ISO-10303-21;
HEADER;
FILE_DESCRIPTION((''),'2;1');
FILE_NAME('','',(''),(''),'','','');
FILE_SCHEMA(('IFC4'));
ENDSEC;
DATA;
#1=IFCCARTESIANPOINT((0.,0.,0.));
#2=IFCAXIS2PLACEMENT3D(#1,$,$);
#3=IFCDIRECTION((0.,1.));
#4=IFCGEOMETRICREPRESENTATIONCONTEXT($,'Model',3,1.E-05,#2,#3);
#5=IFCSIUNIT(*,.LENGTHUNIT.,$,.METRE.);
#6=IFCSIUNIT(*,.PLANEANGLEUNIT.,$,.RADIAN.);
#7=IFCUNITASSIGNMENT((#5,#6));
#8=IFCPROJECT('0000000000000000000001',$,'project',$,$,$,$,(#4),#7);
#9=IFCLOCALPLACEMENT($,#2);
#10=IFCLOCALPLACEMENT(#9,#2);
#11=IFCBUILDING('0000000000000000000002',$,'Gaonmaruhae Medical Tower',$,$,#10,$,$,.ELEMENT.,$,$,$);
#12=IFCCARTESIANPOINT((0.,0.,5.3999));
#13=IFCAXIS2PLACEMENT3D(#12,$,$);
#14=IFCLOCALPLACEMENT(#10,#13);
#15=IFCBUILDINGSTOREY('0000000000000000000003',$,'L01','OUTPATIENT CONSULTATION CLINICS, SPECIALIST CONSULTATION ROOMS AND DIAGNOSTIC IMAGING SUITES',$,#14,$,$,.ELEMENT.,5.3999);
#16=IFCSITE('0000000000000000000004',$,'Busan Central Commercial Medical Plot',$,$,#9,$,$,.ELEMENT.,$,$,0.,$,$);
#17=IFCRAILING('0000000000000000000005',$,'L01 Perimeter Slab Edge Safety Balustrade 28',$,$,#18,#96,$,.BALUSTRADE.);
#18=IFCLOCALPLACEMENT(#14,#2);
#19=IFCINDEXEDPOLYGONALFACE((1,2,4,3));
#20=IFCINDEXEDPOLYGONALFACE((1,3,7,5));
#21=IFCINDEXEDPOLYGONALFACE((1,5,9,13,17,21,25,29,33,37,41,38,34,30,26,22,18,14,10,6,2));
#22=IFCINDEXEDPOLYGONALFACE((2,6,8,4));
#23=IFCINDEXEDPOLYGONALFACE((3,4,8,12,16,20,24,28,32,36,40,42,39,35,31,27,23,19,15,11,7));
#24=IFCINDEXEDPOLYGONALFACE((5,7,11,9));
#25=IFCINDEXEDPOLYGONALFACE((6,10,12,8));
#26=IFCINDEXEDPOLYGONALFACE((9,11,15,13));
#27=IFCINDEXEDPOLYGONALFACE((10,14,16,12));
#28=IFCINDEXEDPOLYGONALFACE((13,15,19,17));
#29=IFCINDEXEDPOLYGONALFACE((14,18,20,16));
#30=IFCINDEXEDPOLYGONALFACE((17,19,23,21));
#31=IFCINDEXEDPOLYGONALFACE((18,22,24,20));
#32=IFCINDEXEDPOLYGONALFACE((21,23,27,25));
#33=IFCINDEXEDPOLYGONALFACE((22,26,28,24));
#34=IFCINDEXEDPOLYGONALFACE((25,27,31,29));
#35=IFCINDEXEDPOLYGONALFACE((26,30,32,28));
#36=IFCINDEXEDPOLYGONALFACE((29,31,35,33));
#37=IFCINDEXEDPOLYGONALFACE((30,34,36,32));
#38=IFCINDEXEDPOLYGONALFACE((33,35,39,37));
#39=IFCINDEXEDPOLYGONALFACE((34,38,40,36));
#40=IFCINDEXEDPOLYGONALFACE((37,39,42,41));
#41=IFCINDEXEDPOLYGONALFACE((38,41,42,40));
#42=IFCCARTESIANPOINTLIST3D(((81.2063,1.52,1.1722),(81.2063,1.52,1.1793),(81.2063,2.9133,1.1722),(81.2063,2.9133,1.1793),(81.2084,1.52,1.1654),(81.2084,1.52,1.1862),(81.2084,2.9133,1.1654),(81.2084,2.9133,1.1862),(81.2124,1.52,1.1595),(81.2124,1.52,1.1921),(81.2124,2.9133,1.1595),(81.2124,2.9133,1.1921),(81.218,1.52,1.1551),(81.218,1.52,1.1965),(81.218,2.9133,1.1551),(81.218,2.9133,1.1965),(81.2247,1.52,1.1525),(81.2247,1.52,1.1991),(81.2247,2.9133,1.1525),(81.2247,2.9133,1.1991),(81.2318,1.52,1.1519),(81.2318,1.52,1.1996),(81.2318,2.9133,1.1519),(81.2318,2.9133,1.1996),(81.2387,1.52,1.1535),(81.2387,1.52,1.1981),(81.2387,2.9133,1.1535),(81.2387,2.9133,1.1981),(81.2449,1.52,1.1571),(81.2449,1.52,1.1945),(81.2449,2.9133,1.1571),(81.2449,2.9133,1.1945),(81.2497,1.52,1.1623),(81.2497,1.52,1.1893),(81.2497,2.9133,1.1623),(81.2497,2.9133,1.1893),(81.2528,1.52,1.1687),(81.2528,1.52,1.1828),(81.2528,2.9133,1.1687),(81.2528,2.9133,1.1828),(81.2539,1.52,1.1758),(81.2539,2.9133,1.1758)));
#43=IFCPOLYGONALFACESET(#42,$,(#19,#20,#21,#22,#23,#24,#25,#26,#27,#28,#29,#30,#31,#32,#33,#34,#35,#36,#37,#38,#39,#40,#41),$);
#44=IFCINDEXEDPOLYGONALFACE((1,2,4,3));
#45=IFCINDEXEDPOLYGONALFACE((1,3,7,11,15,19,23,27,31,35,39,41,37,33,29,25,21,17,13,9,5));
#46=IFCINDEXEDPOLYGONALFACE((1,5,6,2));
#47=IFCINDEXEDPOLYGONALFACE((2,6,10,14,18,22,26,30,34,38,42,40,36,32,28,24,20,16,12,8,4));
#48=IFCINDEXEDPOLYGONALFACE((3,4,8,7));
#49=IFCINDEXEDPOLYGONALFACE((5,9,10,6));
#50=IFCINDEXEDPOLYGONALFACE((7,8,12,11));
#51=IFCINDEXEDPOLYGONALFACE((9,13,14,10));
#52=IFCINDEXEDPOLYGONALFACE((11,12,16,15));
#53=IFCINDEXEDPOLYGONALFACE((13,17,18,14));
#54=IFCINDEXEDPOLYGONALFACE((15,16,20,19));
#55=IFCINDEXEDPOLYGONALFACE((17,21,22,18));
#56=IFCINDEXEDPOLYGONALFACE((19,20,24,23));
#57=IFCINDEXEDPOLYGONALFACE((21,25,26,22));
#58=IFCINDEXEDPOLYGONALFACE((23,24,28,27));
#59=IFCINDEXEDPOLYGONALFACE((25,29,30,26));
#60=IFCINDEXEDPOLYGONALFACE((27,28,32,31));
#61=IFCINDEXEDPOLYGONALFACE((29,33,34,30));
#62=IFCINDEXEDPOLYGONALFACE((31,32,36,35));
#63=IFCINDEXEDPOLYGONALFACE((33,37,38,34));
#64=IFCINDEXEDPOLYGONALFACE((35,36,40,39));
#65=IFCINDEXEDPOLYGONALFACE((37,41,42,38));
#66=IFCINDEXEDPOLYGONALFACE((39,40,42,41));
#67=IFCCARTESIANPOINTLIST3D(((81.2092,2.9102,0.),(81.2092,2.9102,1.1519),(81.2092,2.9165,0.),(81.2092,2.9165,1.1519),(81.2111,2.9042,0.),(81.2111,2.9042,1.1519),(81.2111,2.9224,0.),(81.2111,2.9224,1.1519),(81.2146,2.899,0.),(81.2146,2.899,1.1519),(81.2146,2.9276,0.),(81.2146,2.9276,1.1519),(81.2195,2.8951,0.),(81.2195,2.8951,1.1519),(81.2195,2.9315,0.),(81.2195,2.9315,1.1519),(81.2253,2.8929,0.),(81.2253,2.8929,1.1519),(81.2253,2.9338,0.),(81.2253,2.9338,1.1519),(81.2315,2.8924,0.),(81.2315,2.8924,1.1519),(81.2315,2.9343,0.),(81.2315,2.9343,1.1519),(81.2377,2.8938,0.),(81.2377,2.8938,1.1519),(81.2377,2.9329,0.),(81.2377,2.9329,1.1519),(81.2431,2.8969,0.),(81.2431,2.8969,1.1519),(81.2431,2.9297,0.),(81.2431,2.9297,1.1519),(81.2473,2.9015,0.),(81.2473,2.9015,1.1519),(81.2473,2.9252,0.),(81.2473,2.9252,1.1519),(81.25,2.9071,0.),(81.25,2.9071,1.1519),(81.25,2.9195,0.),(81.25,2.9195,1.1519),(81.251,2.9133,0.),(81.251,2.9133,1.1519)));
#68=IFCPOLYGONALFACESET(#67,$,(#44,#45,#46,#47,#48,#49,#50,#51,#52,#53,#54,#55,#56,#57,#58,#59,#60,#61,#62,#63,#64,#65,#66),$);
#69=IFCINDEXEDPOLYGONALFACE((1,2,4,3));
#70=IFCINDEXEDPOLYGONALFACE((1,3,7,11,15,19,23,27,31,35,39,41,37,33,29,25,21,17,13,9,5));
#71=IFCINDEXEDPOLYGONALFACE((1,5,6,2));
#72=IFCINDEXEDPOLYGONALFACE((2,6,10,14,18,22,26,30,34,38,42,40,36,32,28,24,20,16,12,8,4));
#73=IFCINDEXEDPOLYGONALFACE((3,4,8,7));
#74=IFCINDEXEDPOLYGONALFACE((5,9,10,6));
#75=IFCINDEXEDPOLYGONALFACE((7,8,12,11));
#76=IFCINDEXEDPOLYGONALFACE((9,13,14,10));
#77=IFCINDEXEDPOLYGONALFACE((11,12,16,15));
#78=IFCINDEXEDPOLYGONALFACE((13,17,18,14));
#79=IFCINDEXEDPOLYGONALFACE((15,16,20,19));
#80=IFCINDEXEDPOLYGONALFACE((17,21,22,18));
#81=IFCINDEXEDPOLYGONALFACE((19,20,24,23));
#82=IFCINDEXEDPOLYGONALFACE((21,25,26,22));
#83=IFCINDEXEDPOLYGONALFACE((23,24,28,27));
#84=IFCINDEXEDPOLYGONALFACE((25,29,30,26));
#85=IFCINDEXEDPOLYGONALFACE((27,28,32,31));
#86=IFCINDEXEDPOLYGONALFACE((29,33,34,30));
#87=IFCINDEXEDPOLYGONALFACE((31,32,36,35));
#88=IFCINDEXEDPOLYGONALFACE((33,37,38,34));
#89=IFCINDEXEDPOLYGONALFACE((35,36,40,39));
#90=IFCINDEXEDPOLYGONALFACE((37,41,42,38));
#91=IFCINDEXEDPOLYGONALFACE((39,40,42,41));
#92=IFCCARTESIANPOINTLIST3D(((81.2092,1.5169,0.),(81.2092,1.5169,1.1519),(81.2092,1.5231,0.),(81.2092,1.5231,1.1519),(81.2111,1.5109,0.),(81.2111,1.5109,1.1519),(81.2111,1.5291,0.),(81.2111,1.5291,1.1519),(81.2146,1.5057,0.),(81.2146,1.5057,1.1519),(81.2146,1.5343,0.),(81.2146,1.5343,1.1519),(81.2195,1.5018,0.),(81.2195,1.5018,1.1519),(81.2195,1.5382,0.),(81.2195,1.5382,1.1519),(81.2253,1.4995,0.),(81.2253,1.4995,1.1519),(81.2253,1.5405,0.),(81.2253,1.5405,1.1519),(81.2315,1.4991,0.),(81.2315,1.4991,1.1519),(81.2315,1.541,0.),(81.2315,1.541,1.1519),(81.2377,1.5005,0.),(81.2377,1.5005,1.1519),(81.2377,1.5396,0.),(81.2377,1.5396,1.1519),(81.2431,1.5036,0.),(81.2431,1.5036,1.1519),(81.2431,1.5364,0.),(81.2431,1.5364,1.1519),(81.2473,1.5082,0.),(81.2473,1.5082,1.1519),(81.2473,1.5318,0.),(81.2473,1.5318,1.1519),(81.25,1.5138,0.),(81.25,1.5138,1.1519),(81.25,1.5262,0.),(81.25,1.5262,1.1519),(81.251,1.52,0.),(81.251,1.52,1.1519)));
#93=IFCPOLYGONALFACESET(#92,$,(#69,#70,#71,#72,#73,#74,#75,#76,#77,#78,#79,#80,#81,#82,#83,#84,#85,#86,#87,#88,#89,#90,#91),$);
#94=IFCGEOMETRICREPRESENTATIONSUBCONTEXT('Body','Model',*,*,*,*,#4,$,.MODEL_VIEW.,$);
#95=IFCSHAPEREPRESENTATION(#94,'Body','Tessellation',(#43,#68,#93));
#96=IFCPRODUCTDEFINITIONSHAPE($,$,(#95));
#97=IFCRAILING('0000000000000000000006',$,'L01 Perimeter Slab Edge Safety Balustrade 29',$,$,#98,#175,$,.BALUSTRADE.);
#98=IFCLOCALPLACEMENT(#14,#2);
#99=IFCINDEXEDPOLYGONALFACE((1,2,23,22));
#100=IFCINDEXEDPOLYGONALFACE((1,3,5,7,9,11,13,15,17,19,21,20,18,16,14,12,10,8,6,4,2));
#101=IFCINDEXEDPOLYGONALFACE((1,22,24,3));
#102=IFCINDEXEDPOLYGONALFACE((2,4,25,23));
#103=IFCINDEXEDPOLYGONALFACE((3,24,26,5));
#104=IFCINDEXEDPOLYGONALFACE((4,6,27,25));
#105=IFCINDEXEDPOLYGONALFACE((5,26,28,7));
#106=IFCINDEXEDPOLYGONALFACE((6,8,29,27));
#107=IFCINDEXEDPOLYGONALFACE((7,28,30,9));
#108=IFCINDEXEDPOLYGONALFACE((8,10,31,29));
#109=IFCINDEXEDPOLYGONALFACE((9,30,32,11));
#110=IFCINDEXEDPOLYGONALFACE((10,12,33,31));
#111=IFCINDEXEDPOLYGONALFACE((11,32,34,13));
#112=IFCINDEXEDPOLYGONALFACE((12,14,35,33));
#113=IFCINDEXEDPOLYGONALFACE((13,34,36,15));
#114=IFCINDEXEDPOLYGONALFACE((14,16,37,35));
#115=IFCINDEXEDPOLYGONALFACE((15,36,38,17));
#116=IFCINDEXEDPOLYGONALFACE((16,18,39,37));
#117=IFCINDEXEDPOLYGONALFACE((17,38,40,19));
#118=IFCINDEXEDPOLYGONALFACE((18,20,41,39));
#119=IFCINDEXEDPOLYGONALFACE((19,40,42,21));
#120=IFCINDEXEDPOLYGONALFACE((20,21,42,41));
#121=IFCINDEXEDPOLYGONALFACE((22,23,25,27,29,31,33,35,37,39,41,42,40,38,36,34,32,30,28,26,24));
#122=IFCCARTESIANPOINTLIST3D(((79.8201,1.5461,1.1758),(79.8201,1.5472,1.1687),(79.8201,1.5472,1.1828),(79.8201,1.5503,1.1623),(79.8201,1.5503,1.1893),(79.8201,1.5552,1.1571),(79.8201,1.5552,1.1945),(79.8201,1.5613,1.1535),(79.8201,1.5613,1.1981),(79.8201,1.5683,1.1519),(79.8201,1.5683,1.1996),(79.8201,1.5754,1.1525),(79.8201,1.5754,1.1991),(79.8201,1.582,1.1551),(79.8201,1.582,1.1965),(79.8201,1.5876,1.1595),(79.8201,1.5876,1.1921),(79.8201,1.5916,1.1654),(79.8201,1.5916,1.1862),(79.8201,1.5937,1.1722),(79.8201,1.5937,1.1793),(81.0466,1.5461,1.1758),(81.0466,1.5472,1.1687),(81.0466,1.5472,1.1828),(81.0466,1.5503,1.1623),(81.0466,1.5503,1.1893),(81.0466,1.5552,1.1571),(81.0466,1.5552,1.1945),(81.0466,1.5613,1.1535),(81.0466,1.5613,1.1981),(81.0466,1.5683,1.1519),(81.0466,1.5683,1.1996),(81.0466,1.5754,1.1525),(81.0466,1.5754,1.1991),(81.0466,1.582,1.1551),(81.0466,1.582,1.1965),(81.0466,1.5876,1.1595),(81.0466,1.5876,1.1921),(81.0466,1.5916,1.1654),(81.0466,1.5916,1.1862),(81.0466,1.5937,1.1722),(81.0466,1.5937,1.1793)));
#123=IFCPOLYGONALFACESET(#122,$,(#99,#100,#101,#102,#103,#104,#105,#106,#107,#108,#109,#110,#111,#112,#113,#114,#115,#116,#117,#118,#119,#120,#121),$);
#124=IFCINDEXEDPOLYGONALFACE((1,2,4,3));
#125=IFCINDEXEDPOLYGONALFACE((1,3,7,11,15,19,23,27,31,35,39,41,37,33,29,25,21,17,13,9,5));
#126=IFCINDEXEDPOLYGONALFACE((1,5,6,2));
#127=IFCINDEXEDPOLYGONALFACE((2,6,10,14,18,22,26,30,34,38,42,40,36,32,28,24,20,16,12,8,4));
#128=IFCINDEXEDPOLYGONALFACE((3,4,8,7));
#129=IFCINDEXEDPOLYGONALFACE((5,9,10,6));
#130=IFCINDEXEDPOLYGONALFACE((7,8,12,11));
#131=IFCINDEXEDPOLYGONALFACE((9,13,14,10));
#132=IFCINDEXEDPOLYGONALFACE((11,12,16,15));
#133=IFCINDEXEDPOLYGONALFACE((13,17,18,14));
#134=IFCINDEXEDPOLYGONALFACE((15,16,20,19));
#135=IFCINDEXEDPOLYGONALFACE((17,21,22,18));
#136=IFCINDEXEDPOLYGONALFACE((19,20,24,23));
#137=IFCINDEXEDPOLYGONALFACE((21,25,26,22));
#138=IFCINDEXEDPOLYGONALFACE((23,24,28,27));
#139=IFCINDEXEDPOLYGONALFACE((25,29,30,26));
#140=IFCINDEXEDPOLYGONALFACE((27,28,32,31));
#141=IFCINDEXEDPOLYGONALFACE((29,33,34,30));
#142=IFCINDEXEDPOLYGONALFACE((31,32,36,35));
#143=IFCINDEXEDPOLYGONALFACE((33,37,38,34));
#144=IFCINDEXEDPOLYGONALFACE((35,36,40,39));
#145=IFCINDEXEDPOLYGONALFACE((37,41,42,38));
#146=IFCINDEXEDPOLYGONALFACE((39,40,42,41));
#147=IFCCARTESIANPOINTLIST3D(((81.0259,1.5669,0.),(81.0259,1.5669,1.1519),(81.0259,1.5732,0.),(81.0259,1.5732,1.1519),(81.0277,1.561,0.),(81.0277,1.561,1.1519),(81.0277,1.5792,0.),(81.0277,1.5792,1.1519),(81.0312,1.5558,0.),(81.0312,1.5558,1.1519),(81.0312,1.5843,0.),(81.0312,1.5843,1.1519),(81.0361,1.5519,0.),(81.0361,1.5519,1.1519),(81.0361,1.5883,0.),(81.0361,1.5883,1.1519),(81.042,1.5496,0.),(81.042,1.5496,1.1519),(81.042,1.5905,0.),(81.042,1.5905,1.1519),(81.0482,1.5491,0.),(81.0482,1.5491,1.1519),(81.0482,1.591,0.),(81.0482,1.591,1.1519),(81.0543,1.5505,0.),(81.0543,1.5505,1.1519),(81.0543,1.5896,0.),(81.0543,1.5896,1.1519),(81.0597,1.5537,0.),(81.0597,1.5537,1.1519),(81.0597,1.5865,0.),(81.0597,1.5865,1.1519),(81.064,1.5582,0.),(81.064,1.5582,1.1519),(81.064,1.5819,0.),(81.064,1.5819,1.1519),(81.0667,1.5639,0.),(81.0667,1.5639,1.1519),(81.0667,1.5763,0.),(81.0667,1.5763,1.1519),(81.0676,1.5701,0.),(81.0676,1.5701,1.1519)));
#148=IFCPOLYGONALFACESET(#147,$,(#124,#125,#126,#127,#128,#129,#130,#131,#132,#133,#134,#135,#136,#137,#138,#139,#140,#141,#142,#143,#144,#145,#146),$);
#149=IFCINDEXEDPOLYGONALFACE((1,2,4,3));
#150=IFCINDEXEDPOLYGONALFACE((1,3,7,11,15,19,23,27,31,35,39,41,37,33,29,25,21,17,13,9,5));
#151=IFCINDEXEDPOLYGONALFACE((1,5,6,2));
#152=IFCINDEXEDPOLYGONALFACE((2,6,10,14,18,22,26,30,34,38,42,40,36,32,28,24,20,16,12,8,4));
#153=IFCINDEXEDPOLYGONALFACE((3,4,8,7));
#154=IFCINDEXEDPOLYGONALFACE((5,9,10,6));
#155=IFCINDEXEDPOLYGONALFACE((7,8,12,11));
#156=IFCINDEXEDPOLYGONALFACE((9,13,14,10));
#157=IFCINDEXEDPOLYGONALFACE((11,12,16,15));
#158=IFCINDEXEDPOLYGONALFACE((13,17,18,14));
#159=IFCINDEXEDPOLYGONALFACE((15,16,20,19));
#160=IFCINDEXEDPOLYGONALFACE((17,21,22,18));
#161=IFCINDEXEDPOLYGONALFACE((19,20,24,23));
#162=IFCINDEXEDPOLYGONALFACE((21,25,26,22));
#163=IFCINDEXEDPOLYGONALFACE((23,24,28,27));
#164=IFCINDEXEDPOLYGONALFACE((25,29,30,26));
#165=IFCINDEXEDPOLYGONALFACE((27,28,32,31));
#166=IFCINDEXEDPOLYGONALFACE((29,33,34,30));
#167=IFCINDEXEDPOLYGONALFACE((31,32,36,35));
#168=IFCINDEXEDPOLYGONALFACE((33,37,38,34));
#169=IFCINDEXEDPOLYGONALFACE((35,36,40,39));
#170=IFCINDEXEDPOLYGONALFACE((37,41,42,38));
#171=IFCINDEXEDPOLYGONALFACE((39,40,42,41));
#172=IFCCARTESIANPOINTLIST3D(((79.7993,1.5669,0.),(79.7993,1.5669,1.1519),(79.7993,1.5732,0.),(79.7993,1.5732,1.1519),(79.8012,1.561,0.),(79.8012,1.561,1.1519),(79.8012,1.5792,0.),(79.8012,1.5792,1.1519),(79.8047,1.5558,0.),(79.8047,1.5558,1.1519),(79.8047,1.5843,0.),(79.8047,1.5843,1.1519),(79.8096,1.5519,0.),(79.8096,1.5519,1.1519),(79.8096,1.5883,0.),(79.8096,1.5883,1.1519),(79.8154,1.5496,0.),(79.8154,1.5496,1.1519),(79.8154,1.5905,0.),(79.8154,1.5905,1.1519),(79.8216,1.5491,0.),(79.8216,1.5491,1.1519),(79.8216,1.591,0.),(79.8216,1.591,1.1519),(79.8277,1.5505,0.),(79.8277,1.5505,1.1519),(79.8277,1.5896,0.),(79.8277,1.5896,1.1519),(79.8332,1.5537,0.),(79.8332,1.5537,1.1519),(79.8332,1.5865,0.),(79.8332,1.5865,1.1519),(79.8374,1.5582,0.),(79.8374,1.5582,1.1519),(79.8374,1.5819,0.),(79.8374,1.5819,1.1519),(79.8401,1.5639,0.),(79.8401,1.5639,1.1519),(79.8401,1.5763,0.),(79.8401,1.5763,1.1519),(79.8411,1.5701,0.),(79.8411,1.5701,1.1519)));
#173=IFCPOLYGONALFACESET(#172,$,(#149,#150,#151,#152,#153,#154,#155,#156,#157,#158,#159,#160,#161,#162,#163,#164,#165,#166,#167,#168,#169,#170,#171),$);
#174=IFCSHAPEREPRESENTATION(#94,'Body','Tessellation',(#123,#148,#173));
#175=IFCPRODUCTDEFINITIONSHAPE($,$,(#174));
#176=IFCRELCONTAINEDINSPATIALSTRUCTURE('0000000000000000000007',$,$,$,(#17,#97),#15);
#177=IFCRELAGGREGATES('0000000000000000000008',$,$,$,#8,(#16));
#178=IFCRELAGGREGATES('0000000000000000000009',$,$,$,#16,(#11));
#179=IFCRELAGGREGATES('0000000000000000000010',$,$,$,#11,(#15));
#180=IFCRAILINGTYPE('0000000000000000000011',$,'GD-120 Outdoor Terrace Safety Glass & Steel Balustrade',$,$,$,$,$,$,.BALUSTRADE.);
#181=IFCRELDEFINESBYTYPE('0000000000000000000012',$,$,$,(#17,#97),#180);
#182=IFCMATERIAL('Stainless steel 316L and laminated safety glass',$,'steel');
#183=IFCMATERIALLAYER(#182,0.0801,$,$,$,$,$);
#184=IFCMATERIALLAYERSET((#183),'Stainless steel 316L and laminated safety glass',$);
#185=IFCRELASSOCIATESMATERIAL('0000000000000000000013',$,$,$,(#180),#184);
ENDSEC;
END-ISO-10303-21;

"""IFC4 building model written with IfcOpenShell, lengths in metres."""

from ifc_helpers import new_model, si_unit, direction, frame, origin, origin_2d, place, context, subcontext, project, spatial, circle, extrude, material, layer, layer_set, type_object, element, save


model = new_model("IFC4")

# Units and contexts
model_context = context("Model", 3, precision=1e-05, world=origin(), true_north=direction((0.0, 1.0)))
body_context = subcontext(model_context, "Body", "Model", "MODEL_VIEW")
ifc_project = project(units=[si_unit("LENGTHUNIT", "METRE"), si_unit("PLANEANGLEUNIT", "RADIAN")], contexts=[model_context])

# Site, building, storey
site_placement = place(None, origin())
site = spatial("IfcSite", under=ifc_project, at=site_placement, Name="Busan Central Commercial Medical Plot", CompositionType="ELEMENT", RefElevation=0.0)
building_placement = place(site_placement, origin())
building = spatial("IfcBuilding", under=site, at=building_placement, Name="Gaonmaruhae Medical Tower", CompositionType="ELEMENT")
storey_placement = place(building_placement, frame((0.0, 0.0, 5.3999)))
storey = spatial("IfcBuildingStorey", under=building, at=storey_placement, Name="L01", Description="OUTPATIENT CONSULTATION CLINICS, SPECIALIST CONSULTATION ROOMS AND DIAGNOSTIC IMAGING SUITES", CompositionType="ELEMENT", Elevation=5.3999)

# Railings
ifc_material_1 = material(Name="Stainless steel 316L and laminated safety glass", Category="steel")
ifc_layer_1 = layer(ifc_material_1, 0.0801)
ifc_layer_set_1 = layer_set([ifc_layer_1], Name="Stainless steel 316L and laminated safety glass")
railing_type = type_object("IfcRailingType", Name="GD-120 Outdoor Terrace Safety Glass & Steel Balustrade", PredefinedType="BALUSTRADE", material=ifc_layer_set_1)
railing_1_placement = place(storey_placement, frame((81.23, 2.9133, 0.0)))
element("IfcRailing", 1, at=railing_1_placement, inside=storey, type_object=railing_type, Name="L01 Perimeter Slab Edge Safety Balustrade 28", PredefinedType="BALUSTRADE", context=body_context, shape_type="SweptSolid", body=[
    extrude(circle(Radius=0.0239, at=origin_2d()), frame((0.0, 0.0, 1.1758), z_axis=(0.0, -1.0, 0.0), x_axis=(1.0, 0.0, 0.0)), (0.0, 0.0, 1.0), 1.3933),
    extrude(circle(Radius=0.021, at=origin_2d()), origin(), (0.0, 0.0, 1.0), 1.1519),
    extrude(circle(Radius=0.021, at=origin_2d()), frame((0.0, -1.3933, 0.0)), (0.0, 0.0, 1.0), 1.1519),
])
railing_2_placement = place(storey_placement, frame((81.0466, 1.5701, 0.0)))
element("IfcRailing", 2, at=railing_2_placement, inside=storey, type_object=railing_type, Name="L01 Perimeter Slab Edge Safety Balustrade 29", PredefinedType="BALUSTRADE", context=body_context, shape_type="SweptSolid", body=[
    extrude(circle(Radius=0.0239, at=origin_2d()), frame((0.0, 0.0, 1.1758), z_axis=(-1.0, 0.0, 0.0), x_axis=(0.0, -1.0, 0.0)), (0.0, 0.0, 1.0), 1.2266),
    extrude(circle(Radius=0.021, at=origin_2d()), origin(), (0.0, 0.0, 1.0), 1.1519),
    extrude(circle(Radius=0.021, at=origin_2d()), frame((-1.2266, 0.0, 0.0)), (0.0, 0.0, 1.0), 1.1519),
])

save(model, "model.ifc")
